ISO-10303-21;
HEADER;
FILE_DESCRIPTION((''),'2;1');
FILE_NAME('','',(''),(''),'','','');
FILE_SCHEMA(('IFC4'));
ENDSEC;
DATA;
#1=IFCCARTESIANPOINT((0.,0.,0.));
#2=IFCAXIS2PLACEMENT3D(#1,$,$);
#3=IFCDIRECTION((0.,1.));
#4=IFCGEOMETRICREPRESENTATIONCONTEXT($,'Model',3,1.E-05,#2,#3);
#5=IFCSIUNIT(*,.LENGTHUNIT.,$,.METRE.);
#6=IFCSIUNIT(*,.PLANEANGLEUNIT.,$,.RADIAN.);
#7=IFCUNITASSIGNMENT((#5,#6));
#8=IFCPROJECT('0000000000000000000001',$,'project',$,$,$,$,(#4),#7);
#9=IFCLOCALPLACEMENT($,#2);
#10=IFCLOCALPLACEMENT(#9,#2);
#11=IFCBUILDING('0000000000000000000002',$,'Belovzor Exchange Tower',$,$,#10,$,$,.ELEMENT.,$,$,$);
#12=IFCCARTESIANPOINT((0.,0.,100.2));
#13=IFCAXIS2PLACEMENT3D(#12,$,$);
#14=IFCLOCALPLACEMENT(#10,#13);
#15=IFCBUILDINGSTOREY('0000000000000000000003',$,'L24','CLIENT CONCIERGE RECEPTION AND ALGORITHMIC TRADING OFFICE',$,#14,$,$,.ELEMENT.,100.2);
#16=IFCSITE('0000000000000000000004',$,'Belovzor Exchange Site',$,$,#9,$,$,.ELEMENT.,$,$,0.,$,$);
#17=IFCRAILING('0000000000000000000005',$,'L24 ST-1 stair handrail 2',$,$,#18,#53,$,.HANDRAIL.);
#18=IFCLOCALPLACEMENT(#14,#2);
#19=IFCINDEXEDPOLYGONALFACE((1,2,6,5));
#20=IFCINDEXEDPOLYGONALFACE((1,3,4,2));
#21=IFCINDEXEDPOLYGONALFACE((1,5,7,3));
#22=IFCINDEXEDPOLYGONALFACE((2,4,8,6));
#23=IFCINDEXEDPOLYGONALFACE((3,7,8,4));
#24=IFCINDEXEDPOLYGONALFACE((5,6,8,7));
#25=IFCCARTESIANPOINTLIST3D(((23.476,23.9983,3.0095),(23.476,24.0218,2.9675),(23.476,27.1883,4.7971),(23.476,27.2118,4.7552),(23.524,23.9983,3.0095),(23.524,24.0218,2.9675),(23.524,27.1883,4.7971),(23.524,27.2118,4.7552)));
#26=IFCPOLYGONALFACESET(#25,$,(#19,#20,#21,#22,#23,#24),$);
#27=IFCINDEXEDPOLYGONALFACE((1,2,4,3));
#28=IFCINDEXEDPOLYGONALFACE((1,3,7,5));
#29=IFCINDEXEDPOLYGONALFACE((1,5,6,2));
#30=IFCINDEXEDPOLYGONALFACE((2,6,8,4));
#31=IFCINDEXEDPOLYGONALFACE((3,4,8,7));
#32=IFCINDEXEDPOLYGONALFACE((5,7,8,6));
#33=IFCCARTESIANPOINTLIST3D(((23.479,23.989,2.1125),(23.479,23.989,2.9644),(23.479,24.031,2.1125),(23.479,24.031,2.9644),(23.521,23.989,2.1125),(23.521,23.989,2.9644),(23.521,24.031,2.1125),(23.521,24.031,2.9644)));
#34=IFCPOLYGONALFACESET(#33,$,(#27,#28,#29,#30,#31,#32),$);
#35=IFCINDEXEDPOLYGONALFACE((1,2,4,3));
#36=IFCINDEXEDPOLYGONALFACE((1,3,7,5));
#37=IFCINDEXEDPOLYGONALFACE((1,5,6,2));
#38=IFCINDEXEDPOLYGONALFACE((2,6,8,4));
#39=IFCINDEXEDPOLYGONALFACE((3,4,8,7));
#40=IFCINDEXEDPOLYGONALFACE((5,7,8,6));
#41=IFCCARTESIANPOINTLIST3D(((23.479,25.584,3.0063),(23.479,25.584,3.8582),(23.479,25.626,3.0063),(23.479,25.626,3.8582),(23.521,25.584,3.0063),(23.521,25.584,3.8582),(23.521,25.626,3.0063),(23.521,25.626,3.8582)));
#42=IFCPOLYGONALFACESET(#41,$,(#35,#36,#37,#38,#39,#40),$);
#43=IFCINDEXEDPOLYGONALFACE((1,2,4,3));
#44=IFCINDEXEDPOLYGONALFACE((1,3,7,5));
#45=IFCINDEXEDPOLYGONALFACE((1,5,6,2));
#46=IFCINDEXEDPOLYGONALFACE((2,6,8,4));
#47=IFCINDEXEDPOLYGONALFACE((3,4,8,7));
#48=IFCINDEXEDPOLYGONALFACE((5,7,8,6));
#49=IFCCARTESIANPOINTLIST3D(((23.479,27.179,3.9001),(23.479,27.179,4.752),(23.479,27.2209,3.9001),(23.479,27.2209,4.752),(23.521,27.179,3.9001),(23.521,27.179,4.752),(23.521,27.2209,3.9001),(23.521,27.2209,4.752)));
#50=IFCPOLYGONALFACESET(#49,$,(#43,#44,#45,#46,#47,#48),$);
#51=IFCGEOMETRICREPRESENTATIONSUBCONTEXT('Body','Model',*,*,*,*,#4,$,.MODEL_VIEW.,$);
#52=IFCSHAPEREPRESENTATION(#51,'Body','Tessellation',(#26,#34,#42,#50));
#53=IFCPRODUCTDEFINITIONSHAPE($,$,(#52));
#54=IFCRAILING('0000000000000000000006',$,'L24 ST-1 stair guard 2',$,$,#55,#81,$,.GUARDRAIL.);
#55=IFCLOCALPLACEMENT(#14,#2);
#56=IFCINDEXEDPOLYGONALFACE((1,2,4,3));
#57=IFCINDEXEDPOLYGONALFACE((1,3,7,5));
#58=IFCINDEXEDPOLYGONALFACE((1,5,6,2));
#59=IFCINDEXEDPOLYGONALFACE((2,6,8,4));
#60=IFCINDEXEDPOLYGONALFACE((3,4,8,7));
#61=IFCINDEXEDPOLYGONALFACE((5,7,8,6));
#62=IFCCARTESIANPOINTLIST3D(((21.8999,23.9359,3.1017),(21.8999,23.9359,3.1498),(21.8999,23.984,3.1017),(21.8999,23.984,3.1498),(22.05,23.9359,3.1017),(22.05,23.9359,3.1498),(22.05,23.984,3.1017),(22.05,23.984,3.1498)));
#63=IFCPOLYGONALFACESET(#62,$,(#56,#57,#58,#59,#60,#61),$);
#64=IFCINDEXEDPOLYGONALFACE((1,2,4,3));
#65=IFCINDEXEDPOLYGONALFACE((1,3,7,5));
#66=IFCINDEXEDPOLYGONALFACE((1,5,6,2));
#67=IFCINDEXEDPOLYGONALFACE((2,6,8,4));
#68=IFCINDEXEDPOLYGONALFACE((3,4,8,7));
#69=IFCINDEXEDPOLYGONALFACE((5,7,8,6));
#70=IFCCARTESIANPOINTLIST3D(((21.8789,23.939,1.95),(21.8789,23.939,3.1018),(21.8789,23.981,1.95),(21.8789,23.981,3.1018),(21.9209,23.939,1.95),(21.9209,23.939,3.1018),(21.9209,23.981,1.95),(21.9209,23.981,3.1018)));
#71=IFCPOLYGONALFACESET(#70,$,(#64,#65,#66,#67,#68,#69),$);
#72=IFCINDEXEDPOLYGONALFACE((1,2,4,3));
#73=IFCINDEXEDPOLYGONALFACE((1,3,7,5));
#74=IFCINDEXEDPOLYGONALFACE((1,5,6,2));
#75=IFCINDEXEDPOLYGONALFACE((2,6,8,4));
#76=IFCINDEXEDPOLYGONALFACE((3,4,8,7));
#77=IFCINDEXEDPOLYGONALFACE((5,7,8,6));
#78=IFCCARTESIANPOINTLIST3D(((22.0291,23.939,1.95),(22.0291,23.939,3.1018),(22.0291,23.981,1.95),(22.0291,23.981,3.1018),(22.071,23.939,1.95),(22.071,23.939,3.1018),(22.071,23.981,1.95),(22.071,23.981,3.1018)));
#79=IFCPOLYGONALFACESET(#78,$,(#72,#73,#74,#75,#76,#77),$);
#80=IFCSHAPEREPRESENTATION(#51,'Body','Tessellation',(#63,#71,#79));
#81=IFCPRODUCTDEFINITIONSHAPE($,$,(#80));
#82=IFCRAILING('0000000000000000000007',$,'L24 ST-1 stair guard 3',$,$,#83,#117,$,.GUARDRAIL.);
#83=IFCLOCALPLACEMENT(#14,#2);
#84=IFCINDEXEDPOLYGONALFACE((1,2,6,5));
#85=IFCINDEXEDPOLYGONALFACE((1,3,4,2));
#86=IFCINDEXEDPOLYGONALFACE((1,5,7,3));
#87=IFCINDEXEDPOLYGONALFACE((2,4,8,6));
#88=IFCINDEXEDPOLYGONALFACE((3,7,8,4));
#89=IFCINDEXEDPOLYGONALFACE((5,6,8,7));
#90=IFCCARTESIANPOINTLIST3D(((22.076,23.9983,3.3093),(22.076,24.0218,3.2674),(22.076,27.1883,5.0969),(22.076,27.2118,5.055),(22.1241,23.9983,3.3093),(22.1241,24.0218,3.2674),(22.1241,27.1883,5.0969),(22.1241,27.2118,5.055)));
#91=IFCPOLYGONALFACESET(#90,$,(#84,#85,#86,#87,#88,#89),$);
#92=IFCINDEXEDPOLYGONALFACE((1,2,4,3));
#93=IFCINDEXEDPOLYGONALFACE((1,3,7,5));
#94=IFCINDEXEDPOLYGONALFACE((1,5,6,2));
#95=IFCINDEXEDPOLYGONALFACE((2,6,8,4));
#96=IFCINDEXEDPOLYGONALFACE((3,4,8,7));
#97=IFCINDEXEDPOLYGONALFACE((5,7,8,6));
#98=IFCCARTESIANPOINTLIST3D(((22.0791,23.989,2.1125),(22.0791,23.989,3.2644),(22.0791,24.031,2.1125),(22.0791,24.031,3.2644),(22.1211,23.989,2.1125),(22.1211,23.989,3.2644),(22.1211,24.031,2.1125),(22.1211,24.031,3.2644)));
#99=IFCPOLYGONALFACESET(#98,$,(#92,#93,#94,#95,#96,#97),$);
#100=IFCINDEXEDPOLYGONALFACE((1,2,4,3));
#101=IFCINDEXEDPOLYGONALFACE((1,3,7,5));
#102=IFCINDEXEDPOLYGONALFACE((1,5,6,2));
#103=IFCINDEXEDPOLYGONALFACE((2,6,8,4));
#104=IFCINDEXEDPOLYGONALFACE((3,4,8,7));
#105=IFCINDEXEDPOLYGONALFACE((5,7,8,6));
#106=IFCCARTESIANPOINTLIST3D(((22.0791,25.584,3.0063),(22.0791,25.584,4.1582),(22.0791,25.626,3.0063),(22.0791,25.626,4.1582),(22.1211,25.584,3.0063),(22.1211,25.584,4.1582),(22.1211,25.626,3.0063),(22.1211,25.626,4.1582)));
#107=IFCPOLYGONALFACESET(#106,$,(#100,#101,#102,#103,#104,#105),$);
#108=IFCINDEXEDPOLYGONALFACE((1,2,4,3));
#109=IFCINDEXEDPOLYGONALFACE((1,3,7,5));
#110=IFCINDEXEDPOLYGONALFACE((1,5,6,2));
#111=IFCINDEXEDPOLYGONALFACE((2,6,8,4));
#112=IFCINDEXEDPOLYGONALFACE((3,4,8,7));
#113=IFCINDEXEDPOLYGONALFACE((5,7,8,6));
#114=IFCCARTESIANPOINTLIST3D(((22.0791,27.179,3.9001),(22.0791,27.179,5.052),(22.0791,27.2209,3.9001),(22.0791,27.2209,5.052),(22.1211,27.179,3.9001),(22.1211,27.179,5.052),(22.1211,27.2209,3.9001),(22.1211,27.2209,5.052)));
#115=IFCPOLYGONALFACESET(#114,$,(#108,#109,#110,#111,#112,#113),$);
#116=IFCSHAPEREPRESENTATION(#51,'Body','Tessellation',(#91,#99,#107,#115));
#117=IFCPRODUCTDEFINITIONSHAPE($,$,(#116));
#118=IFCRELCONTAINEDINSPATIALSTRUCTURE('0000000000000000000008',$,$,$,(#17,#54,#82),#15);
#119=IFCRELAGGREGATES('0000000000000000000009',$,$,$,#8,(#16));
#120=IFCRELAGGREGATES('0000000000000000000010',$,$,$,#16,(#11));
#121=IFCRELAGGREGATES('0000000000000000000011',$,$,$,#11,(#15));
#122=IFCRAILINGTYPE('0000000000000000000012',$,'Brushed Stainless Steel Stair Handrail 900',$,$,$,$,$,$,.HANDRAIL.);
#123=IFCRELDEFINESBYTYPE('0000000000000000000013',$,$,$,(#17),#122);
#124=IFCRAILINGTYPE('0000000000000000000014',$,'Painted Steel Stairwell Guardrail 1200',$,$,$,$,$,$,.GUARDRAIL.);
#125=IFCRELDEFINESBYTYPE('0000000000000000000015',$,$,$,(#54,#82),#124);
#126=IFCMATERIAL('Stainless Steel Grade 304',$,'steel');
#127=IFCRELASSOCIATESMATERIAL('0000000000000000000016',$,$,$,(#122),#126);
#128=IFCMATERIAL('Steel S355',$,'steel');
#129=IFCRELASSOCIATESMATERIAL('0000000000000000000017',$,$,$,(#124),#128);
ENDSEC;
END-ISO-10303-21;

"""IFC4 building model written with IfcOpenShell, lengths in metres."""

from ifc_helpers import new_model, si_unit, direction, frame, origin, origin_2d, place, context, subcontext, project, spatial, rectangle, extrude, material, type_object, element, save


model = new_model("IFC4")

# Units and contexts
model_context = context("Model", 3, precision=1e-05, world=origin(), true_north=direction((0.0, 1.0)))
body_context = subcontext(model_context, "Body", "Model", "MODEL_VIEW")
ifc_project = project(units=[si_unit("LENGTHUNIT", "METRE"), si_unit("PLANEANGLEUNIT", "RADIAN")], contexts=[model_context])

# Site, building, storey
site_placement = place(None, origin())
site = spatial("IfcSite", under=ifc_project, at=site_placement, Name="Belovzor Exchange Site", CompositionType="ELEMENT", RefElevation=0.0)
building_placement = place(site_placement, origin())
building = spatial("IfcBuilding", under=site, at=building_placement, Name="Belovzor Exchange Tower", CompositionType="ELEMENT")
storey_placement = place(building_placement, frame((0.0, 0.0, 100.2)))
storey = spatial("IfcBuildingStorey", under=building, at=storey_placement, Name="L24", Description="CLIENT CONCIERGE RECEPTION AND ALGORITHMIC TRADING OFFICE", CompositionType="ELEMENT", Elevation=100.2)

# Railings
ifc_material_1 = material(Name="Stainless Steel Grade 304", Category="steel")
railing_type_1 = type_object("IfcRailingType", Name="Brushed Stainless Steel Stair Handrail 900", PredefinedType="HANDRAIL", material=ifc_material_1)
railing_1_placement = place(storey_placement, frame((23.5, 24.01, 2.1125)))
element("IfcRailing", 1, at=railing_1_placement, inside=storey, type_object=railing_type_1, Name="L24 ST-1 stair handrail 2", PredefinedType="HANDRAIL", context=body_context, shape_type="SweptSolid", body=[
    extrude(rectangle(XDim=0.0481, YDim=0.0481, at=origin_2d()), frame((0.0, 0.0, 0.876), z_axis=(0.0, 0.872363, 0.48886), x_axis=(-1.0, 0.0, 0.0)), (0.0, 0.0, 1.0), 3.6567),
    extrude(rectangle(XDim=0.042, YDim=0.042, at=origin_2d()), origin(), (0.0, 0.0, 1.0), 0.8518),
    extrude(rectangle(XDim=0.042, YDim=0.042, at=origin_2d()), frame((0.0, 1.595, 0.8938)), (0.0, 0.0, 1.0), 0.8518),
    extrude(rectangle(XDim=0.042, YDim=0.042, at=origin_2d()), frame((0.0, 3.1899, 1.7876)), (0.0, 0.0, 1.0), 0.8518),
])
ifc_material_2 = material(Name="Steel S355", Category="steel")
railing_type_2 = type_object("IfcRailingType", Name="Painted Steel Stairwell Guardrail 1200", PredefinedType="GUARDRAIL", material=ifc_material_2)
railing_2_placement = place(storey_placement, frame((21.8999, 23.96, 1.95)))
element("IfcRailing", 2, at=railing_2_placement, inside=storey, type_object=railing_type_2, Name="L24 ST-1 stair guard 2", PredefinedType="GUARDRAIL", context=body_context, shape_type="SweptSolid", body=[
    extrude(rectangle(XDim=0.0481, YDim=0.0481, at=origin_2d()), frame((0.0, 0.0, 1.1758), z_axis=(1.0, 0.0, 0.0), x_axis=(0.0, 1.0, 0.0)), (0.0, 0.0, 1.0), 0.1501),
    extrude(rectangle(XDim=0.042, YDim=0.042, at=origin_2d()), origin(), (0.0, 0.0, 1.0), 1.1519),
    extrude(rectangle(XDim=0.042, YDim=0.042, at=origin_2d()), frame((0.1501, 0.0, 0.0)), (0.0, 0.0, 1.0), 1.1519),
])
railing_3_placement = place(storey_placement, frame((22.1001, 24.01, 2.1125)))
element("IfcRailing", 3, at=railing_3_placement, inside=storey, type_object=railing_type_2, Name="L24 ST-1 stair guard 3", PredefinedType="GUARDRAIL", context=body_context, shape_type="SweptSolid", body=[
    extrude(rectangle(XDim=0.0481, YDim=0.0481, at=origin_2d()), frame((0.0, 0.0, 1.1758), z_axis=(0.0, 0.872363, 0.48886), x_axis=(-1.0, 0.0, 0.0)), (0.0, 0.0, 1.0), 3.6567),
    extrude(rectangle(XDim=0.042, YDim=0.042, at=origin_2d()), origin(), (0.0, 0.0, 1.0), 1.1519),
    extrude(rectangle(XDim=0.042, YDim=0.042, at=origin_2d()), frame((0.0, 1.595, 0.8938)), (0.0, 0.0, 1.0), 1.1519),
    extrude(rectangle(XDim=0.042, YDim=0.042, at=origin_2d()), frame((0.0, 3.1899, 1.7876)), (0.0, 0.0, 1.0), 1.1519),
])

save(model, "model.ifc")
